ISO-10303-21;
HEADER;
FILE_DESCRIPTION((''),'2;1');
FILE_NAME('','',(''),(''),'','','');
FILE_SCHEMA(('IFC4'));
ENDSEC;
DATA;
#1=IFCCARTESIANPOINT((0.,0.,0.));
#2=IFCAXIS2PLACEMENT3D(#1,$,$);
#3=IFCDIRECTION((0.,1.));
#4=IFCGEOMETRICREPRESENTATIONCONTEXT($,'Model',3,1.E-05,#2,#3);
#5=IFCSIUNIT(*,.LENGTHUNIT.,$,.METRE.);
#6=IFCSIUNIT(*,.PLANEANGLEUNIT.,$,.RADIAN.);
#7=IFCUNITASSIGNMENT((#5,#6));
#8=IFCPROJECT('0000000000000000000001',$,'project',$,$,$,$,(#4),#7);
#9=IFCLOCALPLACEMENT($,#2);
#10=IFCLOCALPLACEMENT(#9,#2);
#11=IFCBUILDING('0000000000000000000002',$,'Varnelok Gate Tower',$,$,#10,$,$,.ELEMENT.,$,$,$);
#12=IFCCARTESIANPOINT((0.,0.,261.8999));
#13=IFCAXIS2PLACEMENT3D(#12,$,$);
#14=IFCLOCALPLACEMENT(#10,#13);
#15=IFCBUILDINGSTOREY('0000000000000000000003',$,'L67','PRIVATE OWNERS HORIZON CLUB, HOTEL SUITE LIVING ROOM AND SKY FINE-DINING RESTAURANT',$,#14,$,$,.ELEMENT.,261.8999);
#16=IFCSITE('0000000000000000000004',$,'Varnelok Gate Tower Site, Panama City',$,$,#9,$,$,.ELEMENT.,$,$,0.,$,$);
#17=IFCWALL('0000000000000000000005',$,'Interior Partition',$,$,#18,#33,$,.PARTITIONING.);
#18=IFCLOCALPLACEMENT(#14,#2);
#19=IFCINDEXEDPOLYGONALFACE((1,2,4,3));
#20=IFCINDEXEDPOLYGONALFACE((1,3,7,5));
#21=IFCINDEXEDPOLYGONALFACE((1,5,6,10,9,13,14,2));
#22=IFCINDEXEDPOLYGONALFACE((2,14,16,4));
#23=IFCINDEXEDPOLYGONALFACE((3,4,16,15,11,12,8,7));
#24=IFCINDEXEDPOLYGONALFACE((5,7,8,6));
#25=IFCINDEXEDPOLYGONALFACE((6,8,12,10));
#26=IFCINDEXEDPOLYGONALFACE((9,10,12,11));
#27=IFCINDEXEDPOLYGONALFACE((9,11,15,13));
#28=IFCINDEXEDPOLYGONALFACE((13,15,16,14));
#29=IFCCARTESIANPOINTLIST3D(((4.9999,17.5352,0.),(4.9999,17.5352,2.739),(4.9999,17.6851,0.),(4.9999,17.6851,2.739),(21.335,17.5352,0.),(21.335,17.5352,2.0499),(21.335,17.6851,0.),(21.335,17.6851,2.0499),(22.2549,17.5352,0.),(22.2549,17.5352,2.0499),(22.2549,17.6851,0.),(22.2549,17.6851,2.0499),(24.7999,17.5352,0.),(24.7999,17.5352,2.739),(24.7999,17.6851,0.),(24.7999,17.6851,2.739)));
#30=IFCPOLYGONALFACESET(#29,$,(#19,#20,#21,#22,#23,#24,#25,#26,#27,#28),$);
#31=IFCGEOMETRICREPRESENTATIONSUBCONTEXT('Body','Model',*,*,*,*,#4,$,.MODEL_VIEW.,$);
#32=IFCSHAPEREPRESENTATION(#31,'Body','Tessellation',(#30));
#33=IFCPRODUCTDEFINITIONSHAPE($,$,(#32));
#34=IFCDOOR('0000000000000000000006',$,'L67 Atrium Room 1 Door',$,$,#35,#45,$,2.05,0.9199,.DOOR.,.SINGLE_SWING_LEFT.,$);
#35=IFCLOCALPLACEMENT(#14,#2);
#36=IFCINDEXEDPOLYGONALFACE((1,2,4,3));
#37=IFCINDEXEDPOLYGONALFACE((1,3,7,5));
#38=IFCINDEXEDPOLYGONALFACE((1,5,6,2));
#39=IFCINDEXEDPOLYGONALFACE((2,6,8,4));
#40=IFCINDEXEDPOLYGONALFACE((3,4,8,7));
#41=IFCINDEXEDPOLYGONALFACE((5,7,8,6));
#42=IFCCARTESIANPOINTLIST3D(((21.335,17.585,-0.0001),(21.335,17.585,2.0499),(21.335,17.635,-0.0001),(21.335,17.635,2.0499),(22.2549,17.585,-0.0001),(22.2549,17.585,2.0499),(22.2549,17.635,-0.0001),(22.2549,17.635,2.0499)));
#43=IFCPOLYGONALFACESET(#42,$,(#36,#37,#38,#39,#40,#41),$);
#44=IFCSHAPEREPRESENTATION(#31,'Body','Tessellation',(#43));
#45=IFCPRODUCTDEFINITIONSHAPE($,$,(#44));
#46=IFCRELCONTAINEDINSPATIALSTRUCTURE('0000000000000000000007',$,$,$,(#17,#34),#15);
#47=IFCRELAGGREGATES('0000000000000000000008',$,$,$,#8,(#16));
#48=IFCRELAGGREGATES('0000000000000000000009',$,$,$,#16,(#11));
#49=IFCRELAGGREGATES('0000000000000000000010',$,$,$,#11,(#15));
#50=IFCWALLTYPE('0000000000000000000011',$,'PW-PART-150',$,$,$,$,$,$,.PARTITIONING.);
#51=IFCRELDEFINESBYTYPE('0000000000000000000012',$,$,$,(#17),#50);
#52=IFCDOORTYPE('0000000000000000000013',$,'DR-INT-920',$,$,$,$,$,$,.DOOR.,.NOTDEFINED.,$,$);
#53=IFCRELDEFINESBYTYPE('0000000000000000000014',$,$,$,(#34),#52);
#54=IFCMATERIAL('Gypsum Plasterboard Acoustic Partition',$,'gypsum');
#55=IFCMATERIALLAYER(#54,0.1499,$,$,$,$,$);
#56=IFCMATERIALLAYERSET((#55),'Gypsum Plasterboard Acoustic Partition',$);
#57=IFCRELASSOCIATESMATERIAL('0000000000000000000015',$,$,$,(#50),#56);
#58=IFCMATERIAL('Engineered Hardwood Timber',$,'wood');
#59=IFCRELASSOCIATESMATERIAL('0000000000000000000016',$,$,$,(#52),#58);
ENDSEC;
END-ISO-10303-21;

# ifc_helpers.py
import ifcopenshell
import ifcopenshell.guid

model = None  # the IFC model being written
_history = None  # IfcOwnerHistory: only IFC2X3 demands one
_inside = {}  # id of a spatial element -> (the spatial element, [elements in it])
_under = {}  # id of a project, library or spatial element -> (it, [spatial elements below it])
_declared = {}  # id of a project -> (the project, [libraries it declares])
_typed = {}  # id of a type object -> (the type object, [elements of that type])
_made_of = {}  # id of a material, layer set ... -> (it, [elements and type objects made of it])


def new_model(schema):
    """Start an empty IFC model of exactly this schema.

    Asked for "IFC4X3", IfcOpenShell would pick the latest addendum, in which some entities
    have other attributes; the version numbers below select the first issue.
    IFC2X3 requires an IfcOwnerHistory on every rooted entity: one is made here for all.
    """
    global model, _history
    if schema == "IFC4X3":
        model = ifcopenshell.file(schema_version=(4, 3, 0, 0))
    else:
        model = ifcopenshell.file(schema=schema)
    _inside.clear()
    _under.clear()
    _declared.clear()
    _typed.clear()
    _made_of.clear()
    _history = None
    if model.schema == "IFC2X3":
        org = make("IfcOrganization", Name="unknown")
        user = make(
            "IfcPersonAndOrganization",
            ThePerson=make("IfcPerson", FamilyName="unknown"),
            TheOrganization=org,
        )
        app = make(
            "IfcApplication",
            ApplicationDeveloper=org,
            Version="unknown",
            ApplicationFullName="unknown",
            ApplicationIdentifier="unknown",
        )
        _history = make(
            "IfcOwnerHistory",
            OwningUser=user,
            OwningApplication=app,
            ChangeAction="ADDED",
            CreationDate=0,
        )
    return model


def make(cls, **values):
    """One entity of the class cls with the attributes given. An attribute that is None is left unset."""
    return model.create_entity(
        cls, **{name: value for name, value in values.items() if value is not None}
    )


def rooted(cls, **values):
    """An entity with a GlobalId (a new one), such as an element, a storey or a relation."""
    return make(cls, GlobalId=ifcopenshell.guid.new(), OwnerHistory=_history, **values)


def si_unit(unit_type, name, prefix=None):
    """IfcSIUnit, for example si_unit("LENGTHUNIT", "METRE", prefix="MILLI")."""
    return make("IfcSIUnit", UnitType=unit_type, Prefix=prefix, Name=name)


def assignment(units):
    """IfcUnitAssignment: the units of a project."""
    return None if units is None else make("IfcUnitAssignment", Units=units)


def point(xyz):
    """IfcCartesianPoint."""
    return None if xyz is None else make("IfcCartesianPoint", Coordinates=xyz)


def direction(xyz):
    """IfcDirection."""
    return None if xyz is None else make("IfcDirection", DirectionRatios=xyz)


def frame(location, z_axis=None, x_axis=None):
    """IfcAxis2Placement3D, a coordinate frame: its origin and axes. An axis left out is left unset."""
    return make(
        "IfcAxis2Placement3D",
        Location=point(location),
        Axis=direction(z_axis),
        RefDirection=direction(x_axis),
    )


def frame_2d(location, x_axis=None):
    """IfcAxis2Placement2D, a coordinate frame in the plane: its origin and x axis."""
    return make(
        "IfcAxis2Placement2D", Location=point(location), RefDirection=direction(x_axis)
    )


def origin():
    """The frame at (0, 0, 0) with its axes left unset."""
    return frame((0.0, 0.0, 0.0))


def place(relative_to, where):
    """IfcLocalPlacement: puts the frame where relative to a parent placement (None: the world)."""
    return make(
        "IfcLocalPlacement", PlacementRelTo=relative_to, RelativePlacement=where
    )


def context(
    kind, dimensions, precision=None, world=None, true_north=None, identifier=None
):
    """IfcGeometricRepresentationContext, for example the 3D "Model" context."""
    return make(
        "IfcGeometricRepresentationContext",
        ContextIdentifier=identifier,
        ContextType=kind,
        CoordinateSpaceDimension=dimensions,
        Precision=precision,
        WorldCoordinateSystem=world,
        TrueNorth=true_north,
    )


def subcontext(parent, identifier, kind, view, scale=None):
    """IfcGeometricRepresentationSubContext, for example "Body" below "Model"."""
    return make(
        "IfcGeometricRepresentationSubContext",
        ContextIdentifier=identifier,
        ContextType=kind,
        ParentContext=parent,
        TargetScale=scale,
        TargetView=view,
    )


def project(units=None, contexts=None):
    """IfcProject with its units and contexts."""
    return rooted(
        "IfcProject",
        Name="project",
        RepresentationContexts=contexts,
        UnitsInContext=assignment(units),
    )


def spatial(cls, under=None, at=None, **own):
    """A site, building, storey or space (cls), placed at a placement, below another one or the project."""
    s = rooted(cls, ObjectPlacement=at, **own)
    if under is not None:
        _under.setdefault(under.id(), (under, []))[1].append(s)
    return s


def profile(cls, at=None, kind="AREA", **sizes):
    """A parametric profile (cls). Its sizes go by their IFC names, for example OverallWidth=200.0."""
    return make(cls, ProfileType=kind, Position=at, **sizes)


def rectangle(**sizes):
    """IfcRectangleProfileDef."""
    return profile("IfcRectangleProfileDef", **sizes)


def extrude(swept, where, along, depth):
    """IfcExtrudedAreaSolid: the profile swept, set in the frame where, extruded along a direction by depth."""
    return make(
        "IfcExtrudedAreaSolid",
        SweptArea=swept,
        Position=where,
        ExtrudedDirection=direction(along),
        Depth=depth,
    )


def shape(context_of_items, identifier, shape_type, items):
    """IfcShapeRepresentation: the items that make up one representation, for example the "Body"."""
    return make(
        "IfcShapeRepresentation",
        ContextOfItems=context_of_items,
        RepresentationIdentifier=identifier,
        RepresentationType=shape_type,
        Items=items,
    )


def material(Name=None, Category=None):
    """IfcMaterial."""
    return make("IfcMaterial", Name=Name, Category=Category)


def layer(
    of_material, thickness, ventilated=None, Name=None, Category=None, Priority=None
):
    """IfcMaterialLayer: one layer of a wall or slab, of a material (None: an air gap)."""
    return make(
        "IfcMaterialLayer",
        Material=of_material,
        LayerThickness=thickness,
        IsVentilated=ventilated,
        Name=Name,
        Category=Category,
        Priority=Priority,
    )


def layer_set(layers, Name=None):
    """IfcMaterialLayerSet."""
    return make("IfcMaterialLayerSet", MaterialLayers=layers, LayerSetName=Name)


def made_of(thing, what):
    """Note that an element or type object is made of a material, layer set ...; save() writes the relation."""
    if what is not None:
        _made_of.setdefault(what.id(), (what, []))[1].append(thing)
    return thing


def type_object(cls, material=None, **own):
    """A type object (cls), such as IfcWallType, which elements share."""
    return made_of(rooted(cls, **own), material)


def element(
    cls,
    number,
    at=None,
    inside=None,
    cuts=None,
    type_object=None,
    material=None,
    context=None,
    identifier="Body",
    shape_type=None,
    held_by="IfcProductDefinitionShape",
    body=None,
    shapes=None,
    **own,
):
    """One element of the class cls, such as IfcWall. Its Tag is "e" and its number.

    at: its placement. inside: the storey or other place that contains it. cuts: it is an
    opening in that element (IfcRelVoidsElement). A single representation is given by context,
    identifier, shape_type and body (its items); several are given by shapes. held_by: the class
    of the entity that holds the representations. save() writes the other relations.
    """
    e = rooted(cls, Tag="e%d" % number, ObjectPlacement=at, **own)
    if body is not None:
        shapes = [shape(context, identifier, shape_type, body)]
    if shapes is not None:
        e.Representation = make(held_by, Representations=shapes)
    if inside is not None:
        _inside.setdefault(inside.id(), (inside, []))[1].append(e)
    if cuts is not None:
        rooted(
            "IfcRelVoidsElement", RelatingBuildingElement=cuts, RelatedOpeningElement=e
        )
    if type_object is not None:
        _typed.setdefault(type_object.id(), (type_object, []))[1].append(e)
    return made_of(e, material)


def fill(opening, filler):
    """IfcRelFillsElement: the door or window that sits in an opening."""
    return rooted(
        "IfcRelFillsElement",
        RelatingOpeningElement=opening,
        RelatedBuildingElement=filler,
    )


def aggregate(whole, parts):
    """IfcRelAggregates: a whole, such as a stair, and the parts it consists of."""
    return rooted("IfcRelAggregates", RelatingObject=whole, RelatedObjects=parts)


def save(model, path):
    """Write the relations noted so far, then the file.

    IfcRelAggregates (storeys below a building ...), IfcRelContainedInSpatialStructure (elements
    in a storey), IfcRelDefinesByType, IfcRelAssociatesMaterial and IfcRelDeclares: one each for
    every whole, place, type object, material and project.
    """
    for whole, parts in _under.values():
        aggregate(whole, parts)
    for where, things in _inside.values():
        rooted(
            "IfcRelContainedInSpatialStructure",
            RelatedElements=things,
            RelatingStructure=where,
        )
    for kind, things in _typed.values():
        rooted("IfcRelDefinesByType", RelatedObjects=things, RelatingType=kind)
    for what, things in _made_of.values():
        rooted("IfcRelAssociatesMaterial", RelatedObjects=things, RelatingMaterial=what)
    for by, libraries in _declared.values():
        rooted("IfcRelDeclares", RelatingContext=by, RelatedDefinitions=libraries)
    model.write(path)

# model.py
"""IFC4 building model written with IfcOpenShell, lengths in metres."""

from ifc_helpers import new_model, si_unit, direction, frame, frame_2d, origin, place, context, subcontext, project, spatial, rectangle, extrude, material, layer, layer_set, type_object, element, fill, save


model = new_model("IFC4")

# Units and contexts
model_context = context("Model", 3, precision=1e-05, world=origin(), true_north=direction((0.0, 1.0)))
body_context = subcontext(model_context, "Body", "Model", "MODEL_VIEW")
ifc_project = project(units=[si_unit("LENGTHUNIT", "METRE"), si_unit("PLANEANGLEUNIT", "RADIAN")], contexts=[model_context])

# Site, building, storey
site_placement = place(None, origin())
site = spatial("IfcSite", under=ifc_project, at=site_placement, Name="Varnelok Gate Tower Site, Panama City", CompositionType="ELEMENT", RefElevation=0.0)
building_placement = place(site_placement, origin())
building = spatial("IfcBuilding", under=site, at=building_placement, Name="Varnelok Gate Tower", CompositionType="ELEMENT")
storey_placement = place(building_placement, frame((0.0, 0.0, 261.8999)))
storey = spatial("IfcBuildingStorey", under=building, at=storey_placement, Name="L67", Description="PRIVATE OWNERS HORIZON CLUB, HOTEL SUITE LIVING ROOM AND SKY FINE-DINING RESTAURANT", CompositionType="ELEMENT", Elevation=261.8999)

# Shared definitions
ifc_material_1 = material(Name="Gypsum Plasterboard Acoustic Partition", Category="gypsum")
ifc_material_2 = material(Name="Engineered Hardwood Timber", Category="wood")

# Wall, opening, door
ifc_layer_1 = layer(ifc_material_1, 0.1499)
ifc_layer_set_1 = layer_set([ifc_layer_1], Name="Gypsum Plasterboard Acoustic Partition")
wall_type_1 = type_object("IfcWallType", Name="PW-PART-150", PredefinedType="PARTITIONING", material=ifc_layer_set_1)
wall_1_placement = place(storey_placement, frame((5.0, 17.6101, 0.0), z_axis=(0.0, 0.0, 1.0), x_axis=(1.0, 0.0, 0.0)))
wall_1 = element("IfcWall", 1, at=wall_1_placement, inside=storey, type_object=wall_type_1, Name="Interior Partition", PredefinedType="PARTITIONING", context=body_context, shape_type="SweptSolid", body=[
    extrude(rectangle(XDim=19.8, YDim=0.1499, at=frame_2d((9.8999, 0.0))), origin(), (0.0, 0.0, 1.0), 2.739),
])
opening_1_placement = place(wall_1_placement, frame((16.335, 0.0, 0.0)))
opening_1 = element("IfcOpeningElement", 2, at=opening_1_placement, cuts=wall_1, PredefinedType="OPENING", context=body_context, shape_type="SweptSolid", body=[
    extrude(rectangle(XDim=0.9199, YDim=2.05, at=frame_2d((0.46, 1.0249))), frame((0.0, 0.085, 0.0), z_axis=(0.0, -1.0, 0.0), x_axis=(1.0, 0.0, 0.0)), (0.0, 0.0, 1.0), 0.1699),
])
door_type_1 = type_object("IfcDoorType", Name="DR-INT-920", OperationType="NOTDEFINED", PredefinedType="DOOR", material=ifc_material_2)
door_1_placement = place(opening_1_placement, origin())
door_1 = element("IfcDoor", 3, at=door_1_placement, inside=storey, type_object=door_type_1, Name="L67 Atrium Room 1 Door", OperationType="SINGLE_SWING_LEFT", OverallHeight=2.05, OverallWidth=0.9199, PredefinedType="DOOR", context=body_context, shape_type="SweptSolid", body=[
    extrude(rectangle(XDim=0.9199, YDim=2.05, at=frame_2d((0.46, 1.0249))), frame((0.0, 0.0249, 0.0), z_axis=(0.0, -1.0, 0.0), x_axis=(1.0, 0.0, 0.0)), (0.0, 0.0, 1.0), 0.05),
])
fill(opening_1, door_1)

save(model, "model.ifc")
